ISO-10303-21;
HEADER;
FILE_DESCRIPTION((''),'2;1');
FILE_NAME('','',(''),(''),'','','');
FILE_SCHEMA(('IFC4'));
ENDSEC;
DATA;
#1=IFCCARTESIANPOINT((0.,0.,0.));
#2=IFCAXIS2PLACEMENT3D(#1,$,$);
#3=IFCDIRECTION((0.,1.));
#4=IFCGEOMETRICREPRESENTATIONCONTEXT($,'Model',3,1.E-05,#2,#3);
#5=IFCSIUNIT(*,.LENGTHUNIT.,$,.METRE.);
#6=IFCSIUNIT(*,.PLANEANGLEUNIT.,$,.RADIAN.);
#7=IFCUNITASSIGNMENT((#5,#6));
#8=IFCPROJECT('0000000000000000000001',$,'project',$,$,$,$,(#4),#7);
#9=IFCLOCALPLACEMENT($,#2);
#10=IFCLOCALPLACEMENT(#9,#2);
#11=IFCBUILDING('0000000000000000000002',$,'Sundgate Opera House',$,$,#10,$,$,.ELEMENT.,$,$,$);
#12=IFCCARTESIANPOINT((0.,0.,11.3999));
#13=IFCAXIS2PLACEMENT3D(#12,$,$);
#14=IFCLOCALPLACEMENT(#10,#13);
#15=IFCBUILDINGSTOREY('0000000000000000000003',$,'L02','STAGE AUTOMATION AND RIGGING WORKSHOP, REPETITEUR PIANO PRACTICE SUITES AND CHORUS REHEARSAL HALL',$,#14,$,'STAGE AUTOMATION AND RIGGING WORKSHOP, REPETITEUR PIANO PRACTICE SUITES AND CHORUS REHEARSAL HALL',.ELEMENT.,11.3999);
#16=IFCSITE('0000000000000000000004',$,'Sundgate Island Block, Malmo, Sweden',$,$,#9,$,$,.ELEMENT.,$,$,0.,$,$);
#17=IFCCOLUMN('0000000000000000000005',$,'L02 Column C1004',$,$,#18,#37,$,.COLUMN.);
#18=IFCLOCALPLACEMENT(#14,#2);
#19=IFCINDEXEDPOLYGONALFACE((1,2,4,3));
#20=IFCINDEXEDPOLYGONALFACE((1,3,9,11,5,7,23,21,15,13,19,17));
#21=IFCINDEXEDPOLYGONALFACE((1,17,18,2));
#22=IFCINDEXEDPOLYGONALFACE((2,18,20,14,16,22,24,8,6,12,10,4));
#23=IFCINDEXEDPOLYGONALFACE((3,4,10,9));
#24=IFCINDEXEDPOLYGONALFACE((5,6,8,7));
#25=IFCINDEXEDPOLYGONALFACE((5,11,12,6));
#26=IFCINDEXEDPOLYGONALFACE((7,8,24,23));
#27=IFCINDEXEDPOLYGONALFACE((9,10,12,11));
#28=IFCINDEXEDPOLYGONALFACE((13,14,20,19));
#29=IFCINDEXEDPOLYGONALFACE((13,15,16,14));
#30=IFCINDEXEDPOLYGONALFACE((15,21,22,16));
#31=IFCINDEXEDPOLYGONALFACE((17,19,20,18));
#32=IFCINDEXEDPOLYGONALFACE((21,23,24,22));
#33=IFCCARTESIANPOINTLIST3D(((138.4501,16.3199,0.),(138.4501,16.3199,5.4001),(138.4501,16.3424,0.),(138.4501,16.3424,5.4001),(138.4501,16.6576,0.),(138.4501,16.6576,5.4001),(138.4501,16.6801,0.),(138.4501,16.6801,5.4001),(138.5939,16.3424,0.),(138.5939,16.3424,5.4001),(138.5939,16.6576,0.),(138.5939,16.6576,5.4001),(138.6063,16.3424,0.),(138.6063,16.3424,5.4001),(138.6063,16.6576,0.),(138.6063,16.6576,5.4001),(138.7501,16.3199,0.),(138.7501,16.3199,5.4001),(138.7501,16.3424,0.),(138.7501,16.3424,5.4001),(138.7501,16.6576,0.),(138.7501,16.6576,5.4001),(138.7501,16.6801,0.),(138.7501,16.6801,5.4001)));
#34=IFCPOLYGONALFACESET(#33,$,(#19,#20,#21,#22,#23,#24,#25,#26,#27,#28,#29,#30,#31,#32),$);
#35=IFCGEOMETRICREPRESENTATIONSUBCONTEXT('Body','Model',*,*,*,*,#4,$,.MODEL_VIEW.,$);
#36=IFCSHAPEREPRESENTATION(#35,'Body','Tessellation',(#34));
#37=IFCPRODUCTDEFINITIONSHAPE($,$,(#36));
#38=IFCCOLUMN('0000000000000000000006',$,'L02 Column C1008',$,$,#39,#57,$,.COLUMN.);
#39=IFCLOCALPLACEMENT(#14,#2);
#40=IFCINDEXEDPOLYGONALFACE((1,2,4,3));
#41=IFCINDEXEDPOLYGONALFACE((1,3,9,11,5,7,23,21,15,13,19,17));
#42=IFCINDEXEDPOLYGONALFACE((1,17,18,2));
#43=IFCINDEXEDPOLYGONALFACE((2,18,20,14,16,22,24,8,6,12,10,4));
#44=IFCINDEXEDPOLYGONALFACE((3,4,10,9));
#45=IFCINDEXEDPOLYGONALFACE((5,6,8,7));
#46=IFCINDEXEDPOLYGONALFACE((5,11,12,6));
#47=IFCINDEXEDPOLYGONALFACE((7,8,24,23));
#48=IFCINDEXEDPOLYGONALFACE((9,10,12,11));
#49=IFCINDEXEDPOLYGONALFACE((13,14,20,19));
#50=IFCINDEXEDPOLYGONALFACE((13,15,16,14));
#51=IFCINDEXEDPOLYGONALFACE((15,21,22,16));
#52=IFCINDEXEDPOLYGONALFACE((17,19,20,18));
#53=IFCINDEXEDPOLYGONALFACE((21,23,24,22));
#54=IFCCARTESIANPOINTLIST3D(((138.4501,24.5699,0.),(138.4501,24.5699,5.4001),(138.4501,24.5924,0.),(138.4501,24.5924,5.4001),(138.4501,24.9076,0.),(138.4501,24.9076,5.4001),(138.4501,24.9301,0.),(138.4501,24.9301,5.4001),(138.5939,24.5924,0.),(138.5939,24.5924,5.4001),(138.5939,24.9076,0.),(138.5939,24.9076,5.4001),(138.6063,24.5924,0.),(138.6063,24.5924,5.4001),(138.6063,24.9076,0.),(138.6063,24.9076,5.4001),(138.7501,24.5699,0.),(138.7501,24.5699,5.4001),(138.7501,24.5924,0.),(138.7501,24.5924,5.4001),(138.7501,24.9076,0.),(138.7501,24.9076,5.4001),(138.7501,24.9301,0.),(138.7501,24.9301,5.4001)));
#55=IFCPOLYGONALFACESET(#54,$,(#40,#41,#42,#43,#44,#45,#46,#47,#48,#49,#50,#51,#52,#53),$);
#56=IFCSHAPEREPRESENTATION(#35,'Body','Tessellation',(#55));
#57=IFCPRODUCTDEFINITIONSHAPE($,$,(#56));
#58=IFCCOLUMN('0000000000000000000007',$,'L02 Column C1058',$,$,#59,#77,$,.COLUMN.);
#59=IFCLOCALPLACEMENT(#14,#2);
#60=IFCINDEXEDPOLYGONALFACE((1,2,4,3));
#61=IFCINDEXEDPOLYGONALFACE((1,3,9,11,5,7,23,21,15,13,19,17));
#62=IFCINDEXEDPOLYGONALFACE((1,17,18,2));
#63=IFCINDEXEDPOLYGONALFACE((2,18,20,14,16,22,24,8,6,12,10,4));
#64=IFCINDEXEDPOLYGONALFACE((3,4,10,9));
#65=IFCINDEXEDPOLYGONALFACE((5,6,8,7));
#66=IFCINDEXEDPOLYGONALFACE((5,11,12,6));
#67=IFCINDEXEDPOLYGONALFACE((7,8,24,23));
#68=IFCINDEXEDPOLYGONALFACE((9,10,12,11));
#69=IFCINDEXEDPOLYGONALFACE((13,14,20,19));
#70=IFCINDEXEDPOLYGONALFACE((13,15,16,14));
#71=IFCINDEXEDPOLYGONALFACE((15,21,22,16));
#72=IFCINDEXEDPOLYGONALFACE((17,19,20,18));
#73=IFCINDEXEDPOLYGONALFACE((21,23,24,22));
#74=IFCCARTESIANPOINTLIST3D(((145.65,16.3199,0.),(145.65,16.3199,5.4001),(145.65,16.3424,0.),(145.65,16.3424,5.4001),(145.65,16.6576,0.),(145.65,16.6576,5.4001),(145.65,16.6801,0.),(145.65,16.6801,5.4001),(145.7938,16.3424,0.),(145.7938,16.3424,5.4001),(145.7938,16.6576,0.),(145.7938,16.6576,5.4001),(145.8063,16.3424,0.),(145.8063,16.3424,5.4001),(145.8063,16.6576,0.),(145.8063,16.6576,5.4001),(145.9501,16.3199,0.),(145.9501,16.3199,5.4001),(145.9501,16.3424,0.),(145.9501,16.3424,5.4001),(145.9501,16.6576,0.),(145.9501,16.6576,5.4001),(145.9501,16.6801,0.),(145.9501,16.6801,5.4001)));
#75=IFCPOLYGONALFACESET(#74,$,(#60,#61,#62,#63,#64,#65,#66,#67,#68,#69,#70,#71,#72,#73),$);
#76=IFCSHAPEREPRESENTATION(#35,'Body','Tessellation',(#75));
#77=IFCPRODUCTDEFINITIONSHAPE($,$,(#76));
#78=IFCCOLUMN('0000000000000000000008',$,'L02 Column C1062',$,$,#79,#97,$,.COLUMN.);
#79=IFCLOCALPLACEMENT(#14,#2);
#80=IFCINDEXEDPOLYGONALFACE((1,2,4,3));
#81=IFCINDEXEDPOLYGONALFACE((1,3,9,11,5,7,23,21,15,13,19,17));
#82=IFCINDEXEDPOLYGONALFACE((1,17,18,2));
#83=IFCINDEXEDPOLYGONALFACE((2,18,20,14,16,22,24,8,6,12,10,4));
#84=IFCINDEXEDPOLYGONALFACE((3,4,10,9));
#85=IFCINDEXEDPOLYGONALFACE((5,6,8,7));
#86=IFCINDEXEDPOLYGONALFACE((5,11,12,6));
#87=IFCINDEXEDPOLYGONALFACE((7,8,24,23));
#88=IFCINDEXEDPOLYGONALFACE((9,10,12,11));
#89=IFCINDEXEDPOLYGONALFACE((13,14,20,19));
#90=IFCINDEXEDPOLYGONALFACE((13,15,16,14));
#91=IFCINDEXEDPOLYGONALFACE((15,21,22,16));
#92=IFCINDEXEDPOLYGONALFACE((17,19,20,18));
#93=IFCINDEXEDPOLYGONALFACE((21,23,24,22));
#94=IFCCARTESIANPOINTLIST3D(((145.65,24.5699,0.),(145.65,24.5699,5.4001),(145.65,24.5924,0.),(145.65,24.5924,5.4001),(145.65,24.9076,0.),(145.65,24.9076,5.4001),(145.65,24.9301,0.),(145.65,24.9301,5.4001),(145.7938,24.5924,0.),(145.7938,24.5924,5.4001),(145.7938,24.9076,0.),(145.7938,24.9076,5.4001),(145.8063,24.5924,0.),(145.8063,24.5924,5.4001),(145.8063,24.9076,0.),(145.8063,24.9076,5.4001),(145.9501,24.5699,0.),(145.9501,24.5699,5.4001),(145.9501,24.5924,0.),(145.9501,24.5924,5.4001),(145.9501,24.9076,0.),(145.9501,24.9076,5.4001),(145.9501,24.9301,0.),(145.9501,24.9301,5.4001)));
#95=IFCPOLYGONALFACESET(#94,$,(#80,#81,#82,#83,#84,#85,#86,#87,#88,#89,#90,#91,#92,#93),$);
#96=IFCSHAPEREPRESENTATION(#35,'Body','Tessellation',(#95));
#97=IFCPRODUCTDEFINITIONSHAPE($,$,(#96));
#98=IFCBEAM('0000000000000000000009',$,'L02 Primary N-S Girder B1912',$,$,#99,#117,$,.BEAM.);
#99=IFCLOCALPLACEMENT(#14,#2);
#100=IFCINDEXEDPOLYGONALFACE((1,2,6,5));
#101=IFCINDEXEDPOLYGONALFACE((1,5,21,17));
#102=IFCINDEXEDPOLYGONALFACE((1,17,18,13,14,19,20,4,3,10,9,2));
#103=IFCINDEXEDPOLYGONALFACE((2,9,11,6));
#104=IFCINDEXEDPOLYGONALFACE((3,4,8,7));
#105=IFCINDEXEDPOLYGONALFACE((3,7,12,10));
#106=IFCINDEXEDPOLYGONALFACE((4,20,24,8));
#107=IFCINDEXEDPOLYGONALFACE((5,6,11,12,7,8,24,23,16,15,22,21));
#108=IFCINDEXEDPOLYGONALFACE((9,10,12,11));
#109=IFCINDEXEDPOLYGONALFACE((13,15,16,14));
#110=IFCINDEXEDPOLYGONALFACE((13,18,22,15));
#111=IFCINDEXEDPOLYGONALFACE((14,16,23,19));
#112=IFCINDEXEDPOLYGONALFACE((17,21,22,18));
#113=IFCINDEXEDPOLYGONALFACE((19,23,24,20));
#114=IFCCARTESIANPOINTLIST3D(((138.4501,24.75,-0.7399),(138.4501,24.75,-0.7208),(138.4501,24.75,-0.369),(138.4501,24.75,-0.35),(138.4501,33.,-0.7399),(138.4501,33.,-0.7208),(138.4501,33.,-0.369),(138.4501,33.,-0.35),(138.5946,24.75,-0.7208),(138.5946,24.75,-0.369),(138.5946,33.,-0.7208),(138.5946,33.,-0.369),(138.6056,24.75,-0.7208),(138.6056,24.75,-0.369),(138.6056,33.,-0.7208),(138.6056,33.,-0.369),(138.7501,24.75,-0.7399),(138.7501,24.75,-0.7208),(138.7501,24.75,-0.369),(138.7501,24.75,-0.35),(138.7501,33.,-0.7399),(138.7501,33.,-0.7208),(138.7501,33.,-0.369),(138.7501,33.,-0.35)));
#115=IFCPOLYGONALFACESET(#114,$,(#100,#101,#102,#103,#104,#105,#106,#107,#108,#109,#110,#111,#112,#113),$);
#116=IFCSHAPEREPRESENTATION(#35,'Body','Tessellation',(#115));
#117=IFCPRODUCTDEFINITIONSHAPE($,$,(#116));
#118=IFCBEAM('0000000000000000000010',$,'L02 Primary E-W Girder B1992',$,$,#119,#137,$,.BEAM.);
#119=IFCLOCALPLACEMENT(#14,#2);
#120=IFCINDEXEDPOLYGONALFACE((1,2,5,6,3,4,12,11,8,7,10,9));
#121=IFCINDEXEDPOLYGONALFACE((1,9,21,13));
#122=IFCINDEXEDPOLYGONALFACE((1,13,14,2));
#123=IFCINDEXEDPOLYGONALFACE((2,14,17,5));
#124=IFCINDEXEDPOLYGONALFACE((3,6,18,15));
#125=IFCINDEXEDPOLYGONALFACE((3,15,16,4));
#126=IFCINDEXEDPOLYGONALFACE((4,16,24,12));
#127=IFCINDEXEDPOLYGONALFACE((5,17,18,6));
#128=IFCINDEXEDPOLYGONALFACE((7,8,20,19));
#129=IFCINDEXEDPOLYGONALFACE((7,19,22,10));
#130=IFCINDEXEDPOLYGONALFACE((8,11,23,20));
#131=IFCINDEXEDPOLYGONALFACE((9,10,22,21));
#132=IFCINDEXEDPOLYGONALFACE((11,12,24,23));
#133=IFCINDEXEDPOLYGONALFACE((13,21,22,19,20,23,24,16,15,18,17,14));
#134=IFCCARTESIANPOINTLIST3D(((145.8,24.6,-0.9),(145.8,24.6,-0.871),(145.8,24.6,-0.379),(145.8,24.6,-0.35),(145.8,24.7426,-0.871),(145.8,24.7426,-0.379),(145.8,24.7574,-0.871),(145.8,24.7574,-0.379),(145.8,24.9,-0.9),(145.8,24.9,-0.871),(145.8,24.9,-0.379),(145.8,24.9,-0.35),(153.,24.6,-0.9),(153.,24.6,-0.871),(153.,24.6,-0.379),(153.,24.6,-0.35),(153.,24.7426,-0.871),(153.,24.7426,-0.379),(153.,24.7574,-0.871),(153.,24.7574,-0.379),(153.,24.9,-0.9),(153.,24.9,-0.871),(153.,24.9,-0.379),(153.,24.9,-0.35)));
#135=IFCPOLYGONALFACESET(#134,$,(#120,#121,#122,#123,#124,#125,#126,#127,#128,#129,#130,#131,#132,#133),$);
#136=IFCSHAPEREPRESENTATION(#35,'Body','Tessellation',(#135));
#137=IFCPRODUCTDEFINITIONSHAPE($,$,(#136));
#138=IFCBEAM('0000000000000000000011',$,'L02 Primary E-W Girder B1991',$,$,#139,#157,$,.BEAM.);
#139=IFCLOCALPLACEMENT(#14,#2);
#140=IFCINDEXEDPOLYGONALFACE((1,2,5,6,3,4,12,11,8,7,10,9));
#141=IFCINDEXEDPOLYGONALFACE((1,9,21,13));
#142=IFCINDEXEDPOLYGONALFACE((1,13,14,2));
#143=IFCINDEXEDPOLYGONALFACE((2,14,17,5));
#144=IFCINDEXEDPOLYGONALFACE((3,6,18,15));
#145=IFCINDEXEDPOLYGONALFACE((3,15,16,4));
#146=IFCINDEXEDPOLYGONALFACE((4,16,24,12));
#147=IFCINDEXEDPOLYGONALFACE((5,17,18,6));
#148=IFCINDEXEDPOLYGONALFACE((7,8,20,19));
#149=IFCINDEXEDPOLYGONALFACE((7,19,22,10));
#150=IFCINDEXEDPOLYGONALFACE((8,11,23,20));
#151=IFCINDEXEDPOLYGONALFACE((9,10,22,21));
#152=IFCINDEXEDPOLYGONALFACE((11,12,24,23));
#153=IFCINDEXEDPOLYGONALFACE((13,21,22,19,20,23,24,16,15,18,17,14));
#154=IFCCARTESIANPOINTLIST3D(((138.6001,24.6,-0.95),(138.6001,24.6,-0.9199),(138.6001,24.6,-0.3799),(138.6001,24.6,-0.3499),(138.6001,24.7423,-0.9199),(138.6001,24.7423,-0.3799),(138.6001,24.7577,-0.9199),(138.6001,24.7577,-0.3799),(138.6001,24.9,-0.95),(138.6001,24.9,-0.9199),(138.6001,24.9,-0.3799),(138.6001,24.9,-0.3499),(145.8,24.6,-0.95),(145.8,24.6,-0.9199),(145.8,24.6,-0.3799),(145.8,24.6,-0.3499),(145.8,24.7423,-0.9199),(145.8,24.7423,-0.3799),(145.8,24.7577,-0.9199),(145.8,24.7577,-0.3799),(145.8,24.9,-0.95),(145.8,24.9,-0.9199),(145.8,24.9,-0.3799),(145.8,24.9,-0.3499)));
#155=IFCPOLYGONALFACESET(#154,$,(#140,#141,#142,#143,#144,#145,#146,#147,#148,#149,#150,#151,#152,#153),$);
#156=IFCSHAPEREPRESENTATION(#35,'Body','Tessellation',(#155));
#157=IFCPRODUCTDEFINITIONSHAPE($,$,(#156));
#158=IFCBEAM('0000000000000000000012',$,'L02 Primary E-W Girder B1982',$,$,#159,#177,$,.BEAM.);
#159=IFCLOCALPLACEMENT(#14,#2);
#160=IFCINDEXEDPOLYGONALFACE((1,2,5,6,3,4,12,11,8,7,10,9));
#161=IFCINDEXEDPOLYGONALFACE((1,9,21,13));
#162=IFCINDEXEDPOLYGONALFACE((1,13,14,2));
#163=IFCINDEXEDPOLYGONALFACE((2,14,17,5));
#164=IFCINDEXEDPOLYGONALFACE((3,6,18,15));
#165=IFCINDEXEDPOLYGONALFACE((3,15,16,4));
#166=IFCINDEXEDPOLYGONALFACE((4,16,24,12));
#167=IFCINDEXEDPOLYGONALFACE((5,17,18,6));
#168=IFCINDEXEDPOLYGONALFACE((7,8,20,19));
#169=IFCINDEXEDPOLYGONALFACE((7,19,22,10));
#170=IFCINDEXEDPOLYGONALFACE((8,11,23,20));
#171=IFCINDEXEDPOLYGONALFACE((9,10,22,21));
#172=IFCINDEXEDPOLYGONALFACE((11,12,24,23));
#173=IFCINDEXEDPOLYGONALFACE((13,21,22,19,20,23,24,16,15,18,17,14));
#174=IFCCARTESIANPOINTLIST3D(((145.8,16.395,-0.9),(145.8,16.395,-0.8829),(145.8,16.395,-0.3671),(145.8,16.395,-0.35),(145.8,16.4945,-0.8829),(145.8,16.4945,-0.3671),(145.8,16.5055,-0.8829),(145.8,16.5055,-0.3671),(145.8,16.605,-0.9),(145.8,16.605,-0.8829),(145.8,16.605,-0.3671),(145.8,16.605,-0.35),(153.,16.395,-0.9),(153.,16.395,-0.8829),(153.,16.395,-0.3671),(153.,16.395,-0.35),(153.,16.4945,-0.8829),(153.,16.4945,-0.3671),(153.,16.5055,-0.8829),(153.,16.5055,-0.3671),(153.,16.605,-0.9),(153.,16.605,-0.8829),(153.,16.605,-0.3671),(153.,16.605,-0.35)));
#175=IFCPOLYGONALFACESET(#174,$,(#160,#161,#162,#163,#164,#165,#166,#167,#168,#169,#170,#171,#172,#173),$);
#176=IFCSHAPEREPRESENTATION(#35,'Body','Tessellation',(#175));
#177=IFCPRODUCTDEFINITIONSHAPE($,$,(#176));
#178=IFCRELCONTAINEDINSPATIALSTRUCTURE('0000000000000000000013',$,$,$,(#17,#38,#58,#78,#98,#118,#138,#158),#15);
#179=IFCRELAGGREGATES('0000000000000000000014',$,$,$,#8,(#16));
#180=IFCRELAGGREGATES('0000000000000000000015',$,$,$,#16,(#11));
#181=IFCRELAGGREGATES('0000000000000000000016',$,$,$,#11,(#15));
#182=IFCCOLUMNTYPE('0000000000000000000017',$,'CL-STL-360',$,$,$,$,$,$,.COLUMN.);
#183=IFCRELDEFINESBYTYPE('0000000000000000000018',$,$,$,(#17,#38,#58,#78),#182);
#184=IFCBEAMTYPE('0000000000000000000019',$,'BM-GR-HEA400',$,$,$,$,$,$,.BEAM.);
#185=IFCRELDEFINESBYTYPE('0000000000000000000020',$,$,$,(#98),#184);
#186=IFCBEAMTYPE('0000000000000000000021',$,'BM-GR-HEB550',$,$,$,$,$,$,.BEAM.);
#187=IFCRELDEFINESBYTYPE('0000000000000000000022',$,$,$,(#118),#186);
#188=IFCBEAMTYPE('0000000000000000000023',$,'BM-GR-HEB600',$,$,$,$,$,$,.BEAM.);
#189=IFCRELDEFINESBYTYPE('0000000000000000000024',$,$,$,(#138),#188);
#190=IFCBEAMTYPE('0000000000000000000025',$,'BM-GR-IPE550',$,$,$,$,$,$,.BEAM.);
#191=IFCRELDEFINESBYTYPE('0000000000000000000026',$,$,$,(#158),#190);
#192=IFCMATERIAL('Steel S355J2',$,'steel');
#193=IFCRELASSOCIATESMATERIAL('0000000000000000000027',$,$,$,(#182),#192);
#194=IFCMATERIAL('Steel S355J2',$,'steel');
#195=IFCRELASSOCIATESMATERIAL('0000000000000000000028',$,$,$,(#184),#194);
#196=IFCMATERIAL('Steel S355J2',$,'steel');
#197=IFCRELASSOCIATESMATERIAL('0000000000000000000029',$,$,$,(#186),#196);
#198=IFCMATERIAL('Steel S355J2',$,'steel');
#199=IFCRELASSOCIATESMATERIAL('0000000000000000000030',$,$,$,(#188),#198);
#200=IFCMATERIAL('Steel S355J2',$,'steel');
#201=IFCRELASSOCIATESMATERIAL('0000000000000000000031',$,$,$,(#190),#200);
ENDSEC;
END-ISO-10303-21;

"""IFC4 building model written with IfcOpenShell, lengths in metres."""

from ifc_helpers import new_model, si_unit, direction, frame, origin, origin_2d, place, context, subcontext, project, spatial, i_section, extrude, material, material_profile, profile_set, type_object, element, save


model = new_model("IFC4")

# Units and contexts
model_context = context("Model", 3, precision=1e-05, world=origin(), true_north=direction((0.0, 1.0)))
body_context = subcontext(model_context, "Body", "Model", "MODEL_VIEW")
ifc_project = project(units=[si_unit("LENGTHUNIT", "METRE"), si_unit("PLANEANGLEUNIT", "RADIAN")], contexts=[model_context])

# Site, building, storey
site_placement = place(None, origin())
site = spatial("IfcSite", under=ifc_project, at=site_placement, Name="Sundgate Island Block, Malmo, Sweden", CompositionType="ELEMENT", RefElevation=0.0)
building_placement = place(site_placement, origin())
building = spatial("IfcBuilding", under=site, at=building_placement, Name="Sundgate Opera House", CompositionType="ELEMENT")
storey_placement = place(building_placement, frame((0.0, 0.0, 11.3999)))
storey = spatial("IfcBuildingStorey", under=building, at=storey_placement, Name="L02", Description="STAGE AUTOMATION AND RIGGING WORKSHOP, REPETITEUR PIANO PRACTICE SUITES AND CHORUS REHEARSAL HALL", LongName="STAGE AUTOMATION AND RIGGING WORKSHOP, REPETITEUR PIANO PRACTICE SUITES AND CHORUS REHEARSAL HALL", CompositionType="ELEMENT", Elevation=11.3999)

# Columns
ifc_material_1 = material(Name="Steel S355J2", Category="steel")
ifc_material_profile_1 = material_profile(ifc_material_1, i_section(OverallWidth=0.3, OverallDepth=0.3601, WebThickness=0.0125, FlangeThickness=0.0225, at=origin_2d()), Name="HEB 360")
ifc_profile_set_1 = profile_set([ifc_material_profile_1], Name="Steel S355J2")
column_type = type_object("IfcColumnType", Name="CL-STL-360", PredefinedType="COLUMN", material=ifc_profile_set_1)
for number, where, z_axis, x_axis, name in (
    (1, (138.6001, 16.5, 0.0), (0.0, 0.0, 1.0), (1.0, 0.0, 0.0), "L02 Column C1004"),
    (2, (138.6001, 24.75, 0.0), (0.0, 0.0, 1.0), (1.0, 0.0, 0.0), "L02 Column C1008"),
    (3, (145.8, 16.5, 0.0), (0.0, 0.0, 1.0), (1.0, 0.0, 0.0), "L02 Column C1058"),
    (4, (145.8, 24.75, 0.0), (0.0, 0.0, 1.0), (1.0, 0.0, 0.0), "L02 Column C1062"),
):
    element("IfcColumn", number, at=place(storey_placement, frame(where, z_axis=z_axis, x_axis=x_axis)), inside=storey, type_object=column_type, Name=name, PredefinedType="COLUMN", context=body_context, shape_type="SweptSolid", body=[
        extrude(i_section(OverallWidth=0.3, OverallDepth=0.3601, WebThickness=0.0125, FlangeThickness=0.0225, at=origin_2d()), origin(), (0.0, 0.0, 1.0), 5.4001),
    ])

# Beams
ifc_material_2 = material(Name="Steel S355J2", Category="steel")
ifc_material_profile_2 = material_profile(ifc_material_2, i_section(OverallWidth=0.3, OverallDepth=0.3899, WebThickness=0.011, FlangeThickness=0.019, at=origin_2d()), Name="HEA 400")
ifc_profile_set_2 = profile_set([ifc_material_profile_2], Name="Steel S355J2")
beam_type_1 = type_object("IfcBeamType", Name="BM-GR-HEA400", PredefinedType="BEAM", material=ifc_profile_set_2)
beam_1_placement = place(storey_placement, frame((138.6001, 24.75, -0.5449), z_axis=(0.0, 1.0, 0.0), x_axis=(-1.0, 0.0, 0.0)))
element("IfcBeam", 5, at=beam_1_placement, inside=storey, type_object=beam_type_1, Name="L02 Primary N-S Girder B1912", PredefinedType="BEAM", context=body_context, shape_type="SweptSolid", body=[
    extrude(i_section(OverallWidth=0.3, OverallDepth=0.3899, WebThickness=0.011, FlangeThickness=0.019, at=origin_2d()), origin(), (0.0, 0.0, 1.0), 8.25),
])
ifc_material_3 = material(Name="Steel S355J2", Category="steel")
ifc_material_profile_3 = material_profile(ifc_material_3, i_section(OverallWidth=0.3, OverallDepth=0.55, WebThickness=0.0149, FlangeThickness=0.0291, at=origin_2d()), Name="HEB 550")
ifc_profile_set_3 = profile_set([ifc_material_profile_3], Name="Steel S355J2")
beam_type_2 = type_object("IfcBeamType", Name="BM-GR-HEB550", PredefinedType="BEAM", material=ifc_profile_set_3)
beam_2_placement = place(storey_placement, frame((145.8, 24.75, -0.625), z_axis=(1.0, 0.0, 0.0), x_axis=(0.0, 1.0, 0.0)))
element("IfcBeam", 6, at=beam_2_placement, inside=storey, type_object=beam_type_2, Name="L02 Primary E-W Girder B1992", PredefinedType="BEAM", context=body_context, shape_type="SweptSolid", body=[
    extrude(i_section(OverallWidth=0.3, OverallDepth=0.55, WebThickness=0.0149, FlangeThickness=0.0291, at=origin_2d()), origin(), (0.0, 0.0, 1.0), 7.2),
])
ifc_material_4 = material(Name="Steel S355J2", Category="steel")
ifc_material_profile_4 = material_profile(ifc_material_4, i_section(OverallWidth=0.3, OverallDepth=0.6001, WebThickness=0.0154, FlangeThickness=0.03, at=origin_2d()), Name="HEB 600")
ifc_profile_set_4 = profile_set([ifc_material_profile_4], Name="Steel S355J2")
beam_type_3 = type_object("IfcBeamType", Name="BM-GR-HEB600", PredefinedType="BEAM", material=ifc_profile_set_4)
beam_3_placement = place(storey_placement, frame((138.6001, 24.75, -0.6499), z_axis=(1.0, 0.0, 0.0), x_axis=(0.0, 1.0, 0.0)))
element("IfcBeam", 7, at=beam_3_placement, inside=storey, type_object=beam_type_3, Name="L02 Primary E-W Girder B1991", PredefinedType="BEAM", context=body_context, shape_type="SweptSolid", body=[
    extrude(i_section(OverallWidth=0.3, OverallDepth=0.6001, WebThickness=0.0154, FlangeThickness=0.03, at=origin_2d()), origin(), (0.0, 0.0, 1.0), 7.2),
])
ifc_material_5 = material(Name="Steel S355J2", Category="steel")
ifc_material_profile_5 = material_profile(ifc_material_5, i_section(OverallWidth=0.21, OverallDepth=0.55, WebThickness=0.011, FlangeThickness=0.0171, at=origin_2d()), Name="IPE 550")
ifc_profile_set_5 = profile_set([ifc_material_profile_5], Name="Steel S355J2")
beam_type_4 = type_object("IfcBeamType", Name="BM-GR-IPE550", PredefinedType="BEAM", material=ifc_profile_set_5)
beam_4_placement = place(storey_placement, frame((145.8, 16.5, -0.625), z_axis=(1.0, 0.0, 0.0), x_axis=(0.0, 1.0, 0.0)))
element("IfcBeam", 8, at=beam_4_placement, inside=storey, type_object=beam_type_4, Name="L02 Primary E-W Girder B1982", PredefinedType="BEAM", context=body_context, shape_type="SweptSolid", body=[
    extrude(i_section(OverallWidth=0.21, OverallDepth=0.55, WebThickness=0.011, FlangeThickness=0.0171, at=origin_2d()), origin(), (0.0, 0.0, 1.0), 7.2),
])

save(model, "model.ifc")
